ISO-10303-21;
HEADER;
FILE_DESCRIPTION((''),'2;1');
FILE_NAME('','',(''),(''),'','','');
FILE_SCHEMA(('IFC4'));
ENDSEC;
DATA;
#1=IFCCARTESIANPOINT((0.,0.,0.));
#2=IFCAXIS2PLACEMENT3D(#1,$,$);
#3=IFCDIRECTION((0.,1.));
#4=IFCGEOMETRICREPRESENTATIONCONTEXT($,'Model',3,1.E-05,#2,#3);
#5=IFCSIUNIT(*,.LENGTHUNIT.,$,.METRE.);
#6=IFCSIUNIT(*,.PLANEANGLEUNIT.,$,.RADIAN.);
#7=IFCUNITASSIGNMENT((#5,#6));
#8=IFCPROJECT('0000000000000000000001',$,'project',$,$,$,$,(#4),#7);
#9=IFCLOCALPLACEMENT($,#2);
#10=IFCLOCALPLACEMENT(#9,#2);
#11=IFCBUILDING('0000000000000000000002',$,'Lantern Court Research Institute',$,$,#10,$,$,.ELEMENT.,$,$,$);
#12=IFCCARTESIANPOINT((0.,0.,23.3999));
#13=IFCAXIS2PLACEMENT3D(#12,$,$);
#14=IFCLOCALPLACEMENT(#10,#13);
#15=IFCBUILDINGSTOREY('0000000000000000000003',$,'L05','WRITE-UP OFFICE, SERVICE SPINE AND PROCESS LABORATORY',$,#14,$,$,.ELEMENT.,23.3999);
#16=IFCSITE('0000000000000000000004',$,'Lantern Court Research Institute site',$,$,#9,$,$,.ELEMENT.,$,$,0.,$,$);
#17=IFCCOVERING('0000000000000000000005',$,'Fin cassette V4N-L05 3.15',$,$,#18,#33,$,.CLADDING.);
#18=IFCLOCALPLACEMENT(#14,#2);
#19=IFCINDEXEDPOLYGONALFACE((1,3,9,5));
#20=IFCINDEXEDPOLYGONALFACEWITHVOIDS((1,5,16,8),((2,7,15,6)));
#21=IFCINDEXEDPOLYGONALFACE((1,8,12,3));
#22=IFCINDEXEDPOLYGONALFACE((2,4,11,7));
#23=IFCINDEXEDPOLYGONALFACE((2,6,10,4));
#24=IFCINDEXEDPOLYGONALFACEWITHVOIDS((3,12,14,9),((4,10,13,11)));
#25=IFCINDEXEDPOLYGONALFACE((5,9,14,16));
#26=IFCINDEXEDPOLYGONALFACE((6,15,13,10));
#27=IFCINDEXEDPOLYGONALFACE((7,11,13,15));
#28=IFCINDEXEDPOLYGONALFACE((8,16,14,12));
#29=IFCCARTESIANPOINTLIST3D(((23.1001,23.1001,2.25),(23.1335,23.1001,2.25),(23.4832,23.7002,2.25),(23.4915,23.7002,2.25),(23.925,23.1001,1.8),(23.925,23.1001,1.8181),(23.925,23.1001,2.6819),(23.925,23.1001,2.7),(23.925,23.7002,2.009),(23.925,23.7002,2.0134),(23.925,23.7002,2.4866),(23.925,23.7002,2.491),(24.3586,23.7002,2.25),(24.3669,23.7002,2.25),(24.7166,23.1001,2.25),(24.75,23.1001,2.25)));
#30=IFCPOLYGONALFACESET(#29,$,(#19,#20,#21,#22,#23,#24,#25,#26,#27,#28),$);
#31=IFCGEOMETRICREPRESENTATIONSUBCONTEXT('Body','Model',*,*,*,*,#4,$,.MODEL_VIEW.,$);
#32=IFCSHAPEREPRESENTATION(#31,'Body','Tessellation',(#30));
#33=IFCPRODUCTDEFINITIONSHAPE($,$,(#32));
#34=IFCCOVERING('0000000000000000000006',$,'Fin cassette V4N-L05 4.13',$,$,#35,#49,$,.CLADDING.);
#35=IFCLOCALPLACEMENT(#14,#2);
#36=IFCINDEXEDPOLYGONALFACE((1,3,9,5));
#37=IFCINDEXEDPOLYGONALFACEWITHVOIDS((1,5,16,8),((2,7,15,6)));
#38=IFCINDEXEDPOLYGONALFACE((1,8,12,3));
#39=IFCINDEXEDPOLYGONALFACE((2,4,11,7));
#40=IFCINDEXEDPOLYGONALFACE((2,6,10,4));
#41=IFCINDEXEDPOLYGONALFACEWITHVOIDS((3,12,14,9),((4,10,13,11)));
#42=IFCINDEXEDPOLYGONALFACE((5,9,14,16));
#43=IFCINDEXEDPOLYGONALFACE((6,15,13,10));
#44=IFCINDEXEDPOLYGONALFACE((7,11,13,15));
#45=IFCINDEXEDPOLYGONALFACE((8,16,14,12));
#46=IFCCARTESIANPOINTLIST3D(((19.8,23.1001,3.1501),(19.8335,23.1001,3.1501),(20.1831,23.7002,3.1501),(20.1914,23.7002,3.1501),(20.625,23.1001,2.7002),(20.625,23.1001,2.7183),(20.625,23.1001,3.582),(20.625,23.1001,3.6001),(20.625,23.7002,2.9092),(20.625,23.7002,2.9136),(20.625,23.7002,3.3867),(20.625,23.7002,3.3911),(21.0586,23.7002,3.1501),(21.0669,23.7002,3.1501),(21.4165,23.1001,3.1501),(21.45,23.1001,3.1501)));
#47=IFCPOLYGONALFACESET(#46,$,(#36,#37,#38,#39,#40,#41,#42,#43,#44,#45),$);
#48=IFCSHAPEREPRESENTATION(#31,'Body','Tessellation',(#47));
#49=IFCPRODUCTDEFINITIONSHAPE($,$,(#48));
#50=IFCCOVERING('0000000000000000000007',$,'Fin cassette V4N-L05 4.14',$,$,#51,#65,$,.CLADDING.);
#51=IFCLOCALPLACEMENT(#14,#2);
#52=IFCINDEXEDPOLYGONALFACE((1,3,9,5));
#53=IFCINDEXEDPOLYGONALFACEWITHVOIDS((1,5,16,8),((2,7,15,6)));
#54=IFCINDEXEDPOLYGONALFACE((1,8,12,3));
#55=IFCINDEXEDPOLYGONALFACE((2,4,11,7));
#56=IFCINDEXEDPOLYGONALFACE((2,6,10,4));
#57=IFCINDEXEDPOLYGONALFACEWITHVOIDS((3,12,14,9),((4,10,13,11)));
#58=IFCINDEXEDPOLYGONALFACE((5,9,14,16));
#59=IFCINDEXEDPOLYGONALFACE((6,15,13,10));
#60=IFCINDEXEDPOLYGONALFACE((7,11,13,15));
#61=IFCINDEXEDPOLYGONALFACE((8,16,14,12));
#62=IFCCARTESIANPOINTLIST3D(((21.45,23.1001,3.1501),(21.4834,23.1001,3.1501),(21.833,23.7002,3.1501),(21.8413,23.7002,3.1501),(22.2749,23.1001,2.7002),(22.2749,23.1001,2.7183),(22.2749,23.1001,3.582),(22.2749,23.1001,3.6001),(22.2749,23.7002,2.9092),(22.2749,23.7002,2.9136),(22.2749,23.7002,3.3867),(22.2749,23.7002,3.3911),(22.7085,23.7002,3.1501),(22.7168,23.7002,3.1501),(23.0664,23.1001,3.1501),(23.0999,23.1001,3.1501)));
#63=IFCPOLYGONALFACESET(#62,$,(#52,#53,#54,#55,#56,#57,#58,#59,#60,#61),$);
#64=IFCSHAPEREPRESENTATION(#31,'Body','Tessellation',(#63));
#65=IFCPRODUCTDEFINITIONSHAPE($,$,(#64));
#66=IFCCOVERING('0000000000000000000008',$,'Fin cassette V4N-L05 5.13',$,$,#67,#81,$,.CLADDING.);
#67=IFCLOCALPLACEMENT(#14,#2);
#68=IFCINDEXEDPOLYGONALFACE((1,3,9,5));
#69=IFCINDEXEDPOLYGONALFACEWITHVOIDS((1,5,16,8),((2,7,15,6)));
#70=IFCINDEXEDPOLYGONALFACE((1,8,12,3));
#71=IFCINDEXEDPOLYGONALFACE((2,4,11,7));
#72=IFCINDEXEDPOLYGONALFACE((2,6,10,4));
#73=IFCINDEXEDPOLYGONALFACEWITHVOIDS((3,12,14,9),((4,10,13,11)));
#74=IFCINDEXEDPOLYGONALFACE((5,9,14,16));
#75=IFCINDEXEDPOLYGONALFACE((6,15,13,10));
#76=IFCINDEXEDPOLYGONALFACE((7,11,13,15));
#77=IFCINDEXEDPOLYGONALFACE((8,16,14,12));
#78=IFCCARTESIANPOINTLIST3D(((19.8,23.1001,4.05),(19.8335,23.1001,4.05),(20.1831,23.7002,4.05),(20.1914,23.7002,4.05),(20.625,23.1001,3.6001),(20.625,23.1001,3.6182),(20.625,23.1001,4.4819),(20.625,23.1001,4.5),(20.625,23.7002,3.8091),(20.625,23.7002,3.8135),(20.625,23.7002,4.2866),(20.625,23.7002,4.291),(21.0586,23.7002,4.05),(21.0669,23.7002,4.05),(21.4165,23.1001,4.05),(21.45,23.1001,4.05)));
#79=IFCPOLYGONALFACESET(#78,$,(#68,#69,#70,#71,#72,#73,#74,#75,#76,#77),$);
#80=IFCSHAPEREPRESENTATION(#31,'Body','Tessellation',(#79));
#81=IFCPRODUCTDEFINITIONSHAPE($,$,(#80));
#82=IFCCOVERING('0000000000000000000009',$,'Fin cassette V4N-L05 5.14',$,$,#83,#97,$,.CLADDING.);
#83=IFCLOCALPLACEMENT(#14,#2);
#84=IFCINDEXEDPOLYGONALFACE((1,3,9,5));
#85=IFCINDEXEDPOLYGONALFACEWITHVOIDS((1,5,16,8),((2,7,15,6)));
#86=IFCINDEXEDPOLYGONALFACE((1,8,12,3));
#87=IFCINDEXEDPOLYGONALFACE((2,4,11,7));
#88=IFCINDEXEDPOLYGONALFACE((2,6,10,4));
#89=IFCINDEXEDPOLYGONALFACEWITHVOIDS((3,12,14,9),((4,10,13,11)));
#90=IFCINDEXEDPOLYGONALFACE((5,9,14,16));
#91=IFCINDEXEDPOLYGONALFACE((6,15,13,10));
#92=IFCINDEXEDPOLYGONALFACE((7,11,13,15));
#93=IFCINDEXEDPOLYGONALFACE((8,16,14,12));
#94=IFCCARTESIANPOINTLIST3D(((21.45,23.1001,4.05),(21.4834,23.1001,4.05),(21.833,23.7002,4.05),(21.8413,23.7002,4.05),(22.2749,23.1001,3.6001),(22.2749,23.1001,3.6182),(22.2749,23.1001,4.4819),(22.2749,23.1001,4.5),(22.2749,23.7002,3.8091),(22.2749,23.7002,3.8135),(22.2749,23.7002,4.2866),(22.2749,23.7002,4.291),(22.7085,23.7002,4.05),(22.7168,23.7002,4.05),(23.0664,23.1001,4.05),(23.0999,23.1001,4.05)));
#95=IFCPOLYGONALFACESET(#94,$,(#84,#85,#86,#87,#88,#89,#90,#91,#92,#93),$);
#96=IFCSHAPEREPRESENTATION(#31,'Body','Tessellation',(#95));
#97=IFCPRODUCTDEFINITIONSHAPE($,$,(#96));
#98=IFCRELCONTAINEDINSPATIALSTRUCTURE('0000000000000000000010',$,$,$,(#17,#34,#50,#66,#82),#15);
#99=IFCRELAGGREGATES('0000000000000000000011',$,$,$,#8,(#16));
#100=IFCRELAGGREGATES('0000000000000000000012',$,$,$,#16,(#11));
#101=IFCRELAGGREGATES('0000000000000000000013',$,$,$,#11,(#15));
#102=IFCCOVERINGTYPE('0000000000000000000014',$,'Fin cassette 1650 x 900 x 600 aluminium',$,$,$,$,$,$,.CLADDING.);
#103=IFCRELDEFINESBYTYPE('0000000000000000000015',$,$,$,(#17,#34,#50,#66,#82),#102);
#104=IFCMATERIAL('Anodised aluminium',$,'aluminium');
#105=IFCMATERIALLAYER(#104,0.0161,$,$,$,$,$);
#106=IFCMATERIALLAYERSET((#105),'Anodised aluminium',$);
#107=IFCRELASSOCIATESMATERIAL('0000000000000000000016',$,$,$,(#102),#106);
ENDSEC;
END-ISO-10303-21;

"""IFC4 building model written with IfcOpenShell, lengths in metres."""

from ifc_helpers import new_model, entity, si_unit, direction, frame, origin, place, context, subcontext, project, spatial, material, layer, layer_set, type_object, element, save


model = new_model("IFC4")

# Units and contexts
model_context = context("Model", 3, precision=1e-05, world=origin(), true_north=direction((0.0, 1.0)))
body_context = subcontext(model_context, "Body", "Model", "MODEL_VIEW")
ifc_project = project(units=[si_unit("LENGTHUNIT", "METRE"), si_unit("PLANEANGLEUNIT", "RADIAN")], contexts=[model_context])

# Site, building, storey
site_placement = place(None, origin())
site = spatial("IfcSite", under=ifc_project, at=site_placement, Name="Lantern Court Research Institute site", CompositionType="ELEMENT", RefElevation=0.0)
building_placement = place(site_placement, origin())
building = spatial("IfcBuilding", under=site, at=building_placement, Name="Lantern Court Research Institute", CompositionType="ELEMENT")
storey_placement = place(building_placement, frame((0.0, 0.0, 23.3999)))
storey = spatial("IfcBuildingStorey", under=building, at=storey_placement, Name="L05", Description="WRITE-UP OFFICE, SERVICE SPINE AND PROCESS LABORATORY", CompositionType="ELEMENT", Elevation=23.3999)

# Coverings
ifc_material_1 = material(Name="Anodised aluminium", Category="aluminium")
ifc_layer_1 = layer(ifc_material_1, 0.0161)
ifc_layer_set_1 = layer_set([ifc_layer_1], Name="Anodised aluminium")
covering_type = type_object("IfcCoveringType", Name="Fin cassette 1650 x 900 x 600 aluminium", PredefinedType="CLADDING", material=ifc_layer_set_1)
covering_1_placement = place(storey_placement, frame((23.925, 23.1001, 2.25), z_axis=(0.0, 1.0, 0.0), x_axis=(-1.0, 0.0, 0.0)))
cartesian_point_1 = entity("IfcCartesianPoint", [0.825, 0.0])
cartesian_point_2 = entity("IfcCartesianPoint", [0.7915, 0.0])
cartesian_point_3 = entity("IfcCartesianPoint", [0.4419, 0.0])
cartesian_point_4 = entity("IfcCartesianPoint", [0.4336, 0.0])
element("IfcCovering", 1, at=covering_1_placement, inside=storey, type_object=covering_type, Name="Fin cassette V4N-L05 3.15", PredefinedType="CLADDING", context=body_context, shape_type="SweptSolid", body=[
    entity("IfcExtrudedAreaSolidTapered", entity("IfcArbitraryProfileDefWithVoids", "AREA", None, entity("IfcPolyline", [cartesian_point_1, entity("IfcCartesianPoint", [0.0, 0.45]), entity("IfcCartesianPoint", [-0.825, 0.0]), entity("IfcCartesianPoint", [0.0, -0.45]), cartesian_point_1]), [entity("IfcPolyline", [cartesian_point_2, entity("IfcCartesianPoint", [0.0, 0.4319]), entity("IfcCartesianPoint", [-0.7915, 0.0]), entity("IfcCartesianPoint", [0.0, -0.4319]), cartesian_point_2])]), entity("IfcAxis2Placement3D", entity("IfcCartesianPoint", [0.0, 0.0, 0.0])), entity("IfcDirection", [0.0, 0.0, 1.0]), 0.6001, entity("IfcArbitraryProfileDefWithVoids", "AREA", None, entity("IfcPolyline", [cartesian_point_3, entity("IfcCartesianPoint", [0.0, 0.241]), entity("IfcCartesianPoint", [-0.4419, 0.0]), entity("IfcCartesianPoint", [0.0, -0.241]), cartesian_point_3]), [entity("IfcPolyline", [cartesian_point_4, entity("IfcCartesianPoint", [0.0, 0.2366]), entity("IfcCartesianPoint", [-0.4336, 0.0]), entity("IfcCartesianPoint", [0.0, -0.2366]), cartesian_point_4])])),
])
covering_2_placement = place(storey_placement, frame((20.625, 23.1001, 3.1501), z_axis=(0.0, 1.0, 0.0), x_axis=(-1.0, 0.0, 0.0)))
cartesian_point_5 = entity("IfcCartesianPoint", [0.825, 0.0])
cartesian_point_6 = entity("IfcCartesianPoint", [0.7915, 0.0])
cartesian_point_7 = entity("IfcCartesianPoint", [0.4419, 0.0])
cartesian_point_8 = entity("IfcCartesianPoint", [0.4336, 0.0])
element("IfcCovering", 2, at=covering_2_placement, inside=storey, type_object=covering_type, Name="Fin cassette V4N-L05 4.13", PredefinedType="CLADDING", context=body_context, shape_type="SweptSolid", body=[
    entity("IfcExtrudedAreaSolidTapered", entity("IfcArbitraryProfileDefWithVoids", "AREA", None, entity("IfcPolyline", [cartesian_point_5, entity("IfcCartesianPoint", [0.0, 0.45]), entity("IfcCartesianPoint", [-0.825, 0.0]), entity("IfcCartesianPoint", [0.0, -0.45]), cartesian_point_5]), [entity("IfcPolyline", [cartesian_point_6, entity("IfcCartesianPoint", [0.0, 0.4319]), entity("IfcCartesianPoint", [-0.7915, 0.0]), entity("IfcCartesianPoint", [0.0, -0.4319]), cartesian_point_6])]), entity("IfcAxis2Placement3D", entity("IfcCartesianPoint", [0.0, 0.0, 0.0])), entity("IfcDirection", [0.0, 0.0, 1.0]), 0.6001, entity("IfcArbitraryProfileDefWithVoids", "AREA", None, entity("IfcPolyline", [cartesian_point_7, entity("IfcCartesianPoint", [0.0, 0.241]), entity("IfcCartesianPoint", [-0.4419, 0.0]), entity("IfcCartesianPoint", [0.0, -0.241]), cartesian_point_7]), [entity("IfcPolyline", [cartesian_point_8, entity("IfcCartesianPoint", [0.0, 0.2366]), entity("IfcCartesianPoint", [-0.4336, 0.0]), entity("IfcCartesianPoint", [0.0, -0.2366]), cartesian_point_8])])),
])
covering_3_placement = place(storey_placement, frame((22.2749, 23.1001, 3.1501), z_axis=(0.0, 1.0, 0.0), x_axis=(-1.0, 0.0, 0.0)))
cartesian_point_9 = entity("IfcCartesianPoint", [0.825, 0.0])
cartesian_point_10 = entity("IfcCartesianPoint", [0.7915, 0.0])
cartesian_point_11 = entity("IfcCartesianPoint", [0.4419, 0.0])
cartesian_point_12 = entity("IfcCartesianPoint", [0.4336, 0.0])
element("IfcCovering", 3, at=covering_3_placement, inside=storey, type_object=covering_type, Name="Fin cassette V4N-L05 4.14", PredefinedType="CLADDING", context=body_context, shape_type="SweptSolid", body=[
    entity("IfcExtrudedAreaSolidTapered", entity("IfcArbitraryProfileDefWithVoids", "AREA", None, entity("IfcPolyline", [cartesian_point_9, entity("IfcCartesianPoint", [0.0, 0.45]), entity("IfcCartesianPoint", [-0.825, 0.0]), entity("IfcCartesianPoint", [0.0, -0.45]), cartesian_point_9]), [entity("IfcPolyline", [cartesian_point_10, entity("IfcCartesianPoint", [0.0, 0.4319]), entity("IfcCartesianPoint", [-0.7915, 0.0]), entity("IfcCartesianPoint", [0.0, -0.4319]), cartesian_point_10])]), entity("IfcAxis2Placement3D", entity("IfcCartesianPoint", [0.0, 0.0, 0.0])), entity("IfcDirection", [0.0, 0.0, 1.0]), 0.6001, entity("IfcArbitraryProfileDefWithVoids", "AREA", None, entity("IfcPolyline", [cartesian_point_11, entity("IfcCartesianPoint", [0.0, 0.241]), entity("IfcCartesianPoint", [-0.4419, 0.0]), entity("IfcCartesianPoint", [0.0, -0.241]), cartesian_point_11]), [entity("IfcPolyline", [cartesian_point_12, entity("IfcCartesianPoint", [0.0, 0.2366]), entity("IfcCartesianPoint", [-0.4336, 0.0]), entity("IfcCartesianPoint", [0.0, -0.2366]), cartesian_point_12])])),
])
covering_4_placement = place(storey_placement, frame((20.625, 23.1001, 4.05), z_axis=(0.0, 1.0, 0.0), x_axis=(-1.0, 0.0, 0.0)))
cartesian_point_13 = entity("IfcCartesianPoint", [0.825, 0.0])
cartesian_point_14 = entity("IfcCartesianPoint", [0.7915, 0.0])
cartesian_point_15 = entity("IfcCartesianPoint", [0.4419, 0.0])
cartesian_point_16 = entity("IfcCartesianPoint", [0.4336, 0.0])
element("IfcCovering", 4, at=covering_4_placement, inside=storey, type_object=covering_type, Name="Fin cassette V4N-L05 5.13", PredefinedType="CLADDING", context=body_context, shape_type="SweptSolid", body=[
    entity("IfcExtrudedAreaSolidTapered", entity("IfcArbitraryProfileDefWithVoids", "AREA", None, entity("IfcPolyline", [cartesian_point_13, entity("IfcCartesianPoint", [0.0, 0.45]), entity("IfcCartesianPoint", [-0.825, 0.0]), entity("IfcCartesianPoint", [0.0, -0.45]), cartesian_point_13]), [entity("IfcPolyline", [cartesian_point_14, entity("IfcCartesianPoint", [0.0, 0.4319]), entity("IfcCartesianPoint", [-0.7915, 0.0]), entity("IfcCartesianPoint", [0.0, -0.4319]), cartesian_point_14])]), entity("IfcAxis2Placement3D", entity("IfcCartesianPoint", [0.0, 0.0, 0.0])), entity("IfcDirection", [0.0, 0.0, 1.0]), 0.6001, entity("IfcArbitraryProfileDefWithVoids", "AREA", None, entity("IfcPolyline", [cartesian_point_15, entity("IfcCartesianPoint", [0.0, 0.241]), entity("IfcCartesianPoint", [-0.4419, 0.0]), entity("IfcCartesianPoint", [0.0, -0.241]), cartesian_point_15]), [entity("IfcPolyline", [cartesian_point_16, entity("IfcCartesianPoint", [0.0, 0.2366]), entity("IfcCartesianPoint", [-0.4336, 0.0]), entity("IfcCartesianPoint", [0.0, -0.2366]), cartesian_point_16])])),
])
covering_5_placement = place(storey_placement, frame((22.2749, 23.1001, 4.05), z_axis=(0.0, 1.0, 0.0), x_axis=(-1.0, 0.0, 0.0)))
cartesian_point_17 = entity("IfcCartesianPoint", [0.825, 0.0])
cartesian_point_18 = entity("IfcCartesianPoint", [0.7915, 0.0])
cartesian_point_19 = entity("IfcCartesianPoint", [0.4419, 0.0])
cartesian_point_20 = entity("IfcCartesianPoint", [0.4336, 0.0])
element("IfcCovering", 5, at=covering_5_placement, inside=storey, type_object=covering_type, Name="Fin cassette V4N-L05 5.14", PredefinedType="CLADDING", context=body_context, shape_type="SweptSolid", body=[
    entity("IfcExtrudedAreaSolidTapered", entity("IfcArbitraryProfileDefWithVoids", "AREA", None, entity("IfcPolyline", [cartesian_point_17, entity("IfcCartesianPoint", [0.0, 0.45]), entity("IfcCartesianPoint", [-0.825, 0.0]), entity("IfcCartesianPoint", [0.0, -0.45]), cartesian_point_17]), [entity("IfcPolyline", [cartesian_point_18, entity("IfcCartesianPoint", [0.0, 0.4319]), entity("IfcCartesianPoint", [-0.7915, 0.0]), entity("IfcCartesianPoint", [0.0, -0.4319]), cartesian_point_18])]), entity("IfcAxis2Placement3D", entity("IfcCartesianPoint", [0.0, 0.0, 0.0])), entity("IfcDirection", [0.0, 0.0, 1.0]), 0.6001, entity("IfcArbitraryProfileDefWithVoids", "AREA", None, entity("IfcPolyline", [cartesian_point_19, entity("IfcCartesianPoint", [0.0, 0.241]), entity("IfcCartesianPoint", [-0.4419, 0.0]), entity("IfcCartesianPoint", [0.0, -0.241]), cartesian_point_19]), [entity("IfcPolyline", [cartesian_point_20, entity("IfcCartesianPoint", [0.0, 0.2366]), entity("IfcCartesianPoint", [-0.4336, 0.0]), entity("IfcCartesianPoint", [0.0, -0.2366]), cartesian_point_20])])),
])

save(model, "model.ifc")
